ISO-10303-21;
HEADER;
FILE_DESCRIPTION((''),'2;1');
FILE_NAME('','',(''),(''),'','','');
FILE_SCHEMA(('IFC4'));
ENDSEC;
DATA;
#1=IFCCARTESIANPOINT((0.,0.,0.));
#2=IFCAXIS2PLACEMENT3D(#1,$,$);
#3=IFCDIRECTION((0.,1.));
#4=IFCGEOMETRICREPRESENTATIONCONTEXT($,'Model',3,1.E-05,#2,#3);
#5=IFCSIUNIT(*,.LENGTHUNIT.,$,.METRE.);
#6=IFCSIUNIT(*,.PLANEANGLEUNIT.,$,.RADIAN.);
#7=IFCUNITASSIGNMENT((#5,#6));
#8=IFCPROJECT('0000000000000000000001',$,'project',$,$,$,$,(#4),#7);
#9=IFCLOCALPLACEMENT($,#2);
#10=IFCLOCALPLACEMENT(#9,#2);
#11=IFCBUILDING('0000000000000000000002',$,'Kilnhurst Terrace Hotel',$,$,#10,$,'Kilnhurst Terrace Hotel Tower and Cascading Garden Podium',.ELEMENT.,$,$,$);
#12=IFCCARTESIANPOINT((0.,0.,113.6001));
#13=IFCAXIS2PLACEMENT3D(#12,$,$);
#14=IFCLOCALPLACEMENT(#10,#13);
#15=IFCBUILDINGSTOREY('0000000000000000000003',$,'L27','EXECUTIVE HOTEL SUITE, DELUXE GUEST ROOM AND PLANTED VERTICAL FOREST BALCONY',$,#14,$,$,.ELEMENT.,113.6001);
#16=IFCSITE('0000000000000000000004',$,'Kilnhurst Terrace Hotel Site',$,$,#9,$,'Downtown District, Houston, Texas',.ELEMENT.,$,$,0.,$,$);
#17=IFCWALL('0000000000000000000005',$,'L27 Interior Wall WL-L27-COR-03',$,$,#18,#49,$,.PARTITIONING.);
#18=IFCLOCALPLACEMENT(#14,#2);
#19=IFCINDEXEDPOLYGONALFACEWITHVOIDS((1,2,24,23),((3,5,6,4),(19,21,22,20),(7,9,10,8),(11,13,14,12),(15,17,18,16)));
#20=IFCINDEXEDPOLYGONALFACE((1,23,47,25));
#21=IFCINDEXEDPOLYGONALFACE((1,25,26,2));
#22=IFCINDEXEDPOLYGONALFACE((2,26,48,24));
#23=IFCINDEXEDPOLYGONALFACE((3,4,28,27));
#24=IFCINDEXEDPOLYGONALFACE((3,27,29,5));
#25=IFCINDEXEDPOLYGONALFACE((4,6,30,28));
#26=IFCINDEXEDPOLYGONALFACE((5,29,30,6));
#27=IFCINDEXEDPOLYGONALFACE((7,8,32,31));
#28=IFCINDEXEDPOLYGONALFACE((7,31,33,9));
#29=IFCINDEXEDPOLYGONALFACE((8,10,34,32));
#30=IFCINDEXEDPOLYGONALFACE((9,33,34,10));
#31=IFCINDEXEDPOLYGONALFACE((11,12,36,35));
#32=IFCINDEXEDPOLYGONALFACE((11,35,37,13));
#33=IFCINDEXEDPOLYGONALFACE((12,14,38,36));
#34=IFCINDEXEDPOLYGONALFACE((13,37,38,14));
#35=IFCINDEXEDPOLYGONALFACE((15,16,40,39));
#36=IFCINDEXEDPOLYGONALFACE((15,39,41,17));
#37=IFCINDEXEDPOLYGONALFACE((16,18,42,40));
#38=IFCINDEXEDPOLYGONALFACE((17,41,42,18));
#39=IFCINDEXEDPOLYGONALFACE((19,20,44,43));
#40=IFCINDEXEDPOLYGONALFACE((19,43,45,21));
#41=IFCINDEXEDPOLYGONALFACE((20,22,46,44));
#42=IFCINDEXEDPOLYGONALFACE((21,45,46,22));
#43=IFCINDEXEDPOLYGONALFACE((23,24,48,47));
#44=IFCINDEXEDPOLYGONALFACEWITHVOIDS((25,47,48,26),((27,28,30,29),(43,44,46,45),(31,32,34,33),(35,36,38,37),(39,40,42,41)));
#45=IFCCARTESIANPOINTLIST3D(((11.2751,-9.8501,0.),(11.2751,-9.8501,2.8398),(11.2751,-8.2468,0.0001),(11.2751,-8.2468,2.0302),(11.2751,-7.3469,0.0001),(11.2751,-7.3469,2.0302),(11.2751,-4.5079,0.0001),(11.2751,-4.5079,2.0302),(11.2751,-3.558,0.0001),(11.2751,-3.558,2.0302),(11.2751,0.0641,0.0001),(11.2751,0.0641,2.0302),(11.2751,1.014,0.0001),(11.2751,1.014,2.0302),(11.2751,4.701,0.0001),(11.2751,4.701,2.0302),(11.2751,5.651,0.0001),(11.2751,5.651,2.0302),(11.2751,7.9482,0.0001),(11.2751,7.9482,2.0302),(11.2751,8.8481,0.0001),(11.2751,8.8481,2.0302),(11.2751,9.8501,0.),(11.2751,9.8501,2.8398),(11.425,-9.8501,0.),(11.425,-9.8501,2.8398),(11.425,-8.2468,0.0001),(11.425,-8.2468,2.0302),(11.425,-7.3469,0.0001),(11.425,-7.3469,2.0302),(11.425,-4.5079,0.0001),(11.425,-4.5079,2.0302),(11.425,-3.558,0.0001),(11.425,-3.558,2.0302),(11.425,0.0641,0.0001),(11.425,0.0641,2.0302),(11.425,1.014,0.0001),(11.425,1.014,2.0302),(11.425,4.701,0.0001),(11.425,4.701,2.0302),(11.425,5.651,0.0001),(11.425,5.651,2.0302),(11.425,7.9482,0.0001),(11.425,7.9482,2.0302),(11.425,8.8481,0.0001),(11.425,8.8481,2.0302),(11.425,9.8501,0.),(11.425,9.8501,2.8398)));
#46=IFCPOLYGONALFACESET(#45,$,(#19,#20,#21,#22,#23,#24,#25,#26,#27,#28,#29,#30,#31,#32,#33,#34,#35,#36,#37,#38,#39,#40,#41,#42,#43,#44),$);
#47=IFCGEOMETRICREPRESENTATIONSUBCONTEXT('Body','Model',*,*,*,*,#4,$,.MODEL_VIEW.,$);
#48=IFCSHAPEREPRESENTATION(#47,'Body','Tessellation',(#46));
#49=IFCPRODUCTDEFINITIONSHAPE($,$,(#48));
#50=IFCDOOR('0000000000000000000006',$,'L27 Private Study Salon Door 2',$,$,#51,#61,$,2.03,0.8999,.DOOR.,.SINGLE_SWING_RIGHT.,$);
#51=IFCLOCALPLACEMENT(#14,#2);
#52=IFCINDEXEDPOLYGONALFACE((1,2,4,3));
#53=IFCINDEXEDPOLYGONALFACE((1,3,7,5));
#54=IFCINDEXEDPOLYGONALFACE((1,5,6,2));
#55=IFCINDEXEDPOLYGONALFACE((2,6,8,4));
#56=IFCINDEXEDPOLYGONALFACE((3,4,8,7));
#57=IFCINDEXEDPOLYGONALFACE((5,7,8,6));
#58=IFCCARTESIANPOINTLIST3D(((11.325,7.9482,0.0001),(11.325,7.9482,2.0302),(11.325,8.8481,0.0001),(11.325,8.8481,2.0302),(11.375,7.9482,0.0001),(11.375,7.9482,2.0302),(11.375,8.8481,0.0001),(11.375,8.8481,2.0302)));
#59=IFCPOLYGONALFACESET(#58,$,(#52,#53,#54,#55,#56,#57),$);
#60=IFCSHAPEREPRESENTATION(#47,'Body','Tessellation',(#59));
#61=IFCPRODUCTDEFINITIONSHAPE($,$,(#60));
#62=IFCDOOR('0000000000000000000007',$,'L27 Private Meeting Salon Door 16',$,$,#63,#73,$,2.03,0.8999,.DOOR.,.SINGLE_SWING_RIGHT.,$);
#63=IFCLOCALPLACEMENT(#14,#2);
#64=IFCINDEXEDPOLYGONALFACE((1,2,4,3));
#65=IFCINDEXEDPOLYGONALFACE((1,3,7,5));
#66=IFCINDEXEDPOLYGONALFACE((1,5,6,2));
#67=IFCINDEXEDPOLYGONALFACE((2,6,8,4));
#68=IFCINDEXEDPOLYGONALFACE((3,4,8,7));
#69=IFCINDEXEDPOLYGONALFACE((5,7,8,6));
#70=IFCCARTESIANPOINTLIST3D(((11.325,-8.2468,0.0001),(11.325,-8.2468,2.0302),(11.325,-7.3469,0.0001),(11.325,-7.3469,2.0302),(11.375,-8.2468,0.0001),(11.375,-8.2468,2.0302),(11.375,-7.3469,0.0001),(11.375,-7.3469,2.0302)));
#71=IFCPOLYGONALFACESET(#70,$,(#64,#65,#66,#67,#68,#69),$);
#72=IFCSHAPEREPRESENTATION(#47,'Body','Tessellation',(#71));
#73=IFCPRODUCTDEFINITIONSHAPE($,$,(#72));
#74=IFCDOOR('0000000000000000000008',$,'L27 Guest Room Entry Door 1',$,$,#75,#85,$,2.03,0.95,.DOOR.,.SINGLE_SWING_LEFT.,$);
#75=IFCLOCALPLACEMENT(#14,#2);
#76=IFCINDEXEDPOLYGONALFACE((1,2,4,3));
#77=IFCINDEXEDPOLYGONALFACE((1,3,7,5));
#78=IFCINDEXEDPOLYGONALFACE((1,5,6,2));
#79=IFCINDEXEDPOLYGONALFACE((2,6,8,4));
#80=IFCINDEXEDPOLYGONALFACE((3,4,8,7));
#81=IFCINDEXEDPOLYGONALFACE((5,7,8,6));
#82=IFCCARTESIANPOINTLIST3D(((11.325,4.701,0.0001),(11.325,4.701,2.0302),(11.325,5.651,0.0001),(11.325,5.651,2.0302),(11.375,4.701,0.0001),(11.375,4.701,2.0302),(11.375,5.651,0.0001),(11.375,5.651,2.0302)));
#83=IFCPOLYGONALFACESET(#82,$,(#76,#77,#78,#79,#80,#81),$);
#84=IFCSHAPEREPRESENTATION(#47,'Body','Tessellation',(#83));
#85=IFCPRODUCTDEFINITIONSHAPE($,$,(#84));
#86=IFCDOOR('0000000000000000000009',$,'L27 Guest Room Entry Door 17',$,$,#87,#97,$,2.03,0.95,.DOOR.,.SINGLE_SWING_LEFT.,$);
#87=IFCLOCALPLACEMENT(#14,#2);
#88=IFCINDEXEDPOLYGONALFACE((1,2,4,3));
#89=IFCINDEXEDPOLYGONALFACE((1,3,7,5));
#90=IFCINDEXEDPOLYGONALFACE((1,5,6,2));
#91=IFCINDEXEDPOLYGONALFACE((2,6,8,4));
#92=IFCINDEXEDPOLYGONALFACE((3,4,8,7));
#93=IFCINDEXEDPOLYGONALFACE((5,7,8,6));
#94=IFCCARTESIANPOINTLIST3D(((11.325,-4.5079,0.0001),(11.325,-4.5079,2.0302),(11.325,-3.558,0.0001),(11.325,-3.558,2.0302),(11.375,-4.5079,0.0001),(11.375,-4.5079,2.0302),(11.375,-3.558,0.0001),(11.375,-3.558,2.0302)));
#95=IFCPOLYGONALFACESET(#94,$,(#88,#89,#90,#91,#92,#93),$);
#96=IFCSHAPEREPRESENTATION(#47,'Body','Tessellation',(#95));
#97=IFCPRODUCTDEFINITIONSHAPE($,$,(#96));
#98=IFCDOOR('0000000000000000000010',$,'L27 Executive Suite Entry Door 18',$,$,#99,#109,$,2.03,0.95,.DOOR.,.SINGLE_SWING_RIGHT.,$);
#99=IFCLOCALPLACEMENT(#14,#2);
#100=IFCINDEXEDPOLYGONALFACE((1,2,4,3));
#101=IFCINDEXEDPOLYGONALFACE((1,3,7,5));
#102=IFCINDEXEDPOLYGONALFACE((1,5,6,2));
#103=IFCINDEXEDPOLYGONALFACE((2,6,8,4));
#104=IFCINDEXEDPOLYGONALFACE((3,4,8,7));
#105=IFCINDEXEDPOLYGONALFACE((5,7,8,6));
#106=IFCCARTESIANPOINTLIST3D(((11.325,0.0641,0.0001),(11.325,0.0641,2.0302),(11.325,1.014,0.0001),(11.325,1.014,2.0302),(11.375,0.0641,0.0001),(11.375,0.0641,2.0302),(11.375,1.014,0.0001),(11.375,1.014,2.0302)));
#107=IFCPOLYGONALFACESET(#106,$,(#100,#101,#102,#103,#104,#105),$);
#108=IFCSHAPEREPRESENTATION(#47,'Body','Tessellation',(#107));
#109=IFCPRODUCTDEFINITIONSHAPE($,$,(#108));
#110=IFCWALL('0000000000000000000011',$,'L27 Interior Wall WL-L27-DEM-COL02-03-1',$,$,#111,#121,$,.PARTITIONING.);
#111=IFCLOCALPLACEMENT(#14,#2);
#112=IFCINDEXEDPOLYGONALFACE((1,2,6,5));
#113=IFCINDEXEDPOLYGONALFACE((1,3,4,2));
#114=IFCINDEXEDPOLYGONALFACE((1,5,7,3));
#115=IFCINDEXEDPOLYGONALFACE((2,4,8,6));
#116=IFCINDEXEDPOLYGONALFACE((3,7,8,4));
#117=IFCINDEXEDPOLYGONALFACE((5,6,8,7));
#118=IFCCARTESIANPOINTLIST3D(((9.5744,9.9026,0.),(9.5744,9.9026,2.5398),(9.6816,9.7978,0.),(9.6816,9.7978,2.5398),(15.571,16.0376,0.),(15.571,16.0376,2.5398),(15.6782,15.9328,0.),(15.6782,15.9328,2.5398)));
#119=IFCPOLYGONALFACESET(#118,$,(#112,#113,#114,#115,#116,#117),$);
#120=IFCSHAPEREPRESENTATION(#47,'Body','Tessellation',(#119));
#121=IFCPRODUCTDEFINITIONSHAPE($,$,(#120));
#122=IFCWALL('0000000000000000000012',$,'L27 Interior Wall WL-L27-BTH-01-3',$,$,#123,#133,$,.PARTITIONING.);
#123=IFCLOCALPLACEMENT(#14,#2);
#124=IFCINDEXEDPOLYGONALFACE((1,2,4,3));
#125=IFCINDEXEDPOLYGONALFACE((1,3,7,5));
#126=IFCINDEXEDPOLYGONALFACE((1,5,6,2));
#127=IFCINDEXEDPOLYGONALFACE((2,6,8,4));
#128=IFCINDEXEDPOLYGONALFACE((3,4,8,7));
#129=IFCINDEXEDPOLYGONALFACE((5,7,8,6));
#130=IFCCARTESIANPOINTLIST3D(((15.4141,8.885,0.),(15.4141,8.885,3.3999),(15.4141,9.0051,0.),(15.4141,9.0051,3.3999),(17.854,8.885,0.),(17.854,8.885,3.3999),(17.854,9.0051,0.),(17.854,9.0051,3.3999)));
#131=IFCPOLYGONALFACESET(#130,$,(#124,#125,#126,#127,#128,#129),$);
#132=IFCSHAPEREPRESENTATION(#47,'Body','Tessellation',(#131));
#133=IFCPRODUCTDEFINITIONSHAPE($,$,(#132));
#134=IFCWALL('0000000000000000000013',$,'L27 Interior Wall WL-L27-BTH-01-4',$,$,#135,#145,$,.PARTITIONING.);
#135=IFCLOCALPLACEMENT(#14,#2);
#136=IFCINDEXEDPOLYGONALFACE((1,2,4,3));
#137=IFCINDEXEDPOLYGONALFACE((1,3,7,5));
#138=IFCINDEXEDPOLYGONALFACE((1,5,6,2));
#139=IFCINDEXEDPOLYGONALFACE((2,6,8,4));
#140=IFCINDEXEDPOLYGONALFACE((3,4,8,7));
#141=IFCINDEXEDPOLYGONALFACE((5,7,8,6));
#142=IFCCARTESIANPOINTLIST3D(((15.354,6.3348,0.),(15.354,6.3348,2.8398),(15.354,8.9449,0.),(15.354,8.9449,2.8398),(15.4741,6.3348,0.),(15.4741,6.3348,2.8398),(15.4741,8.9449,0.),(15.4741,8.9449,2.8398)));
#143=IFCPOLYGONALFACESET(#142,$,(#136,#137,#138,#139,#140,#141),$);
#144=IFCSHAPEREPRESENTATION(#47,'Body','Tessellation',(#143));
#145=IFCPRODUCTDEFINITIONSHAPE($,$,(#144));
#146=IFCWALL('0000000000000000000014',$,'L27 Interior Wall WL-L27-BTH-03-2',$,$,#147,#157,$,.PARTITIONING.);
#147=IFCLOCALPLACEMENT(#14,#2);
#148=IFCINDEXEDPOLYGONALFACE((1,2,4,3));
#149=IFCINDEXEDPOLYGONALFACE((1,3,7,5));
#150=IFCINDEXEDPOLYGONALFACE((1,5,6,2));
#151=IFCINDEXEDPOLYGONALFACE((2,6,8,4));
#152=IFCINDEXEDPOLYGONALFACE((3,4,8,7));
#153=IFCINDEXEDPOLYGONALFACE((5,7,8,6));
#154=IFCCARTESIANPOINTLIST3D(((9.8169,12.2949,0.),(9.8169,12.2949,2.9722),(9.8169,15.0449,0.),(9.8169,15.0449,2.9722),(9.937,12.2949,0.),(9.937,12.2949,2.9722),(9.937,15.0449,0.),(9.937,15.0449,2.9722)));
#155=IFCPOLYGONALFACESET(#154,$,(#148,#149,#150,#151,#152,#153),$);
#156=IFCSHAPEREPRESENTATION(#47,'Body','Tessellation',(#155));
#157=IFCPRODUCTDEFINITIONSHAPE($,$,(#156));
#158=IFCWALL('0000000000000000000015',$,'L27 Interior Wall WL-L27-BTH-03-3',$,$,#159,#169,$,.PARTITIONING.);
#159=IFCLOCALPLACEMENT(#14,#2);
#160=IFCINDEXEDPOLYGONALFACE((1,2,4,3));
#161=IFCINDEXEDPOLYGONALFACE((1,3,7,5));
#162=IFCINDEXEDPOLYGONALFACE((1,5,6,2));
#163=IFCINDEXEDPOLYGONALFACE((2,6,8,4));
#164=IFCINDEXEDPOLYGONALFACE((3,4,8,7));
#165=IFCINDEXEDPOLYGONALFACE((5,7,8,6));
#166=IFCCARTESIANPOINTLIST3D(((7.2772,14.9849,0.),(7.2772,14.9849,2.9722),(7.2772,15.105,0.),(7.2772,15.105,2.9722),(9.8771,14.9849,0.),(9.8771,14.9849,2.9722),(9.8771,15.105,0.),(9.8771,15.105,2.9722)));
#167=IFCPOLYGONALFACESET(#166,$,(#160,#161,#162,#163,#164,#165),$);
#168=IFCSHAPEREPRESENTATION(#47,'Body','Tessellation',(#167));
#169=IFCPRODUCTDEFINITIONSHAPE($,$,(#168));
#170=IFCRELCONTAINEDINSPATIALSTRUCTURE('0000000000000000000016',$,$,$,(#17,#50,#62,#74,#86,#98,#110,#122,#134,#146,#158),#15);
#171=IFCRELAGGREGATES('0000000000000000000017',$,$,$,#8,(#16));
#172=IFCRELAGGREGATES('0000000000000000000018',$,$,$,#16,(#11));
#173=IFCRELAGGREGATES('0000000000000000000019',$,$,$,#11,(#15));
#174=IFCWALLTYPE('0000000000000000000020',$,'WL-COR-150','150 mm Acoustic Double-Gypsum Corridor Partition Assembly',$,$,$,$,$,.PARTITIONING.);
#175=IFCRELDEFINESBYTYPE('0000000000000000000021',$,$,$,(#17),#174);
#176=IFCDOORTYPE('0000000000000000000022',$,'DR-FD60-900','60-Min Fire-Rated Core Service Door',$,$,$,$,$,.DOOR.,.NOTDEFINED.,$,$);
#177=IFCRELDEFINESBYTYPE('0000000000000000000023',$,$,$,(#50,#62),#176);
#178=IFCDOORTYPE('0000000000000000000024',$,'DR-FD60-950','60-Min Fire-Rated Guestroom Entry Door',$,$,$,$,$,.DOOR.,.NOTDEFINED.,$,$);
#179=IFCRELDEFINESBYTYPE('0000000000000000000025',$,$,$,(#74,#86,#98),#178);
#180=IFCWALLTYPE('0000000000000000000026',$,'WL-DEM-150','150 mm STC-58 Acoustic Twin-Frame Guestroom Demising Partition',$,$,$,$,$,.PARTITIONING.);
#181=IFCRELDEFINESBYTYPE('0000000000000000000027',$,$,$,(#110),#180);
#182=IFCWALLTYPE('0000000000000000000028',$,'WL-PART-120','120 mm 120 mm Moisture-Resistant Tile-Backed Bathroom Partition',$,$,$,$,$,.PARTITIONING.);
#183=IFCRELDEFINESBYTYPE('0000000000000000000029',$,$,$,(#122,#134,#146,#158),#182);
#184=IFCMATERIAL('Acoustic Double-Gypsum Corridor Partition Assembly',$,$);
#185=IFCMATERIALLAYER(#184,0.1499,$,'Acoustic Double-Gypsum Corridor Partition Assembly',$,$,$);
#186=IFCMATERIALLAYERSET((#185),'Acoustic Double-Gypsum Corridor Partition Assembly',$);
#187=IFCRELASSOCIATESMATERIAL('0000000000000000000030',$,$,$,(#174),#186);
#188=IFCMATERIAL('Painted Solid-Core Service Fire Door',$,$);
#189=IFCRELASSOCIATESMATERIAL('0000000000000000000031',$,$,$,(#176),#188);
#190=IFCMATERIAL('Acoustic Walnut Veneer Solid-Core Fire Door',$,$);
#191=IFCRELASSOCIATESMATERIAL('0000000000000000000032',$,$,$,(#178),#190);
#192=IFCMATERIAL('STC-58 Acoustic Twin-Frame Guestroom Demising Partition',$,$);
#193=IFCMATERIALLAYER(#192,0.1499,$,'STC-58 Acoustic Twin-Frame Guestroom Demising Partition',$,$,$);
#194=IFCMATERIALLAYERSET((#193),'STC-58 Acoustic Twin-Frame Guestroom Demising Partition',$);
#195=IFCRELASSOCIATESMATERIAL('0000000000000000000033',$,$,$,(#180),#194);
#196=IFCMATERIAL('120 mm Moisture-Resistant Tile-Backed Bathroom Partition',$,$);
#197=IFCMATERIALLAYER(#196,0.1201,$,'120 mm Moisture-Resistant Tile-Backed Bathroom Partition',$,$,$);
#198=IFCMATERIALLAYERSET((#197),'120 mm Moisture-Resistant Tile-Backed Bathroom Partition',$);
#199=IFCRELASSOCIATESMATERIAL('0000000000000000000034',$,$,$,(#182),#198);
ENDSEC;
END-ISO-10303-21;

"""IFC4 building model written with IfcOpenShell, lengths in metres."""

from ifc_helpers import new_model, si_unit, direction, frame, frame_2d, origin, place, context, subcontext, project, spatial, rectangle, extrude, material, layer, layer_set, type_object, element, fill, save


model = new_model("IFC4")

# Units and contexts
model_context = context("Model", 3, precision=1e-05, world=origin(), true_north=direction((0.0, 1.0)))
body_context = subcontext(model_context, "Body", "Model", "MODEL_VIEW")
ifc_project = project(units=[si_unit("LENGTHUNIT", "METRE"), si_unit("PLANEANGLEUNIT", "RADIAN")], contexts=[model_context])

# Site, building, storey
site_placement = place(None, origin())
site = spatial("IfcSite", under=ifc_project, at=site_placement, Name="Kilnhurst Terrace Hotel Site", LongName="Downtown District, Houston, Texas", CompositionType="ELEMENT", RefElevation=0.0)
building_placement = place(site_placement, origin())
building = spatial("IfcBuilding", under=site, at=building_placement, Name="Kilnhurst Terrace Hotel", LongName="Kilnhurst Terrace Hotel Tower and Cascading Garden Podium", CompositionType="ELEMENT")
storey_placement = place(building_placement, frame((0.0, 0.0, 113.6001)))
storey = spatial("IfcBuildingStorey", under=building, at=storey_placement, Name="L27", Description="EXECUTIVE HOTEL SUITE, DELUXE GUEST ROOM AND PLANTED VERTICAL FOREST BALCONY", CompositionType="ELEMENT", Elevation=113.6001)

# Wall, openings, doors
ifc_material_1 = material(Name="Acoustic Double-Gypsum Corridor Partition Assembly")
ifc_layer_1 = layer(ifc_material_1, 0.1499, Name="Acoustic Double-Gypsum Corridor Partition Assembly")
ifc_layer_set_1 = layer_set([ifc_layer_1], Name="Acoustic Double-Gypsum Corridor Partition Assembly")
wall_type_1 = type_object("IfcWallType", Name="WL-COR-150", Description="150 mm Acoustic Double-Gypsum Corridor Partition Assembly", PredefinedType="PARTITIONING", material=ifc_layer_set_1)
wall_1_placement = place(storey_placement, frame((11.3501, 9.8501, 0.0), z_axis=(0.0, 0.0, 1.0), x_axis=(0.0, -1.0, 0.0)))
wall_1 = element("IfcWall", 1, at=wall_1_placement, inside=storey, type_object=wall_type_1, Name="L27 Interior Wall WL-L27-COR-03", PredefinedType="PARTITIONING", context=body_context, shape_type="SweptSolid", body=[
    extrude(rectangle(XDim=19.7002, YDim=0.1499, at=frame_2d((9.8501, 0.0))), origin(), (0.0, 0.0, 1.0), 2.8398),
])
opening_1_placement = place(wall_1_placement, frame((4.199, 0.0, 0.0)))
opening_1 = element("IfcOpeningElement", 2, at=opening_1_placement, cuts=wall_1, PredefinedType="OPENING", context=body_context, shape_type="SweptSolid", body=[
    extrude(rectangle(XDim=0.95, YDim=2.03, at=frame_2d((0.4751, 1.0151))), frame((0.0, 0.085, 0.0), z_axis=(0.0, -1.0, 0.0), x_axis=(1.0, 0.0, 0.0)), (0.0, 0.0, 1.0), 0.1699),
])
opening_2_placement = place(wall_1_placement, frame((1.002, 0.0, 0.0)))
opening_2 = element("IfcOpeningElement", 3, at=opening_2_placement, cuts=wall_1, PredefinedType="OPENING", context=body_context, shape_type="SweptSolid", body=[
    extrude(rectangle(XDim=0.8999, YDim=2.03, at=frame_2d((0.45, 1.0151))), frame((0.0, 0.085, 0.0), z_axis=(0.0, -1.0, 0.0), x_axis=(1.0, 0.0, 0.0)), (0.0, 0.0, 1.0), 0.1699),
])
opening_3_placement = place(wall_1_placement, frame((17.197, 0.0, 0.0)))
opening_3 = element("IfcOpeningElement", 4, at=opening_3_placement, cuts=wall_1, PredefinedType="OPENING", context=body_context, shape_type="SweptSolid", body=[
    extrude(rectangle(XDim=0.8999, YDim=2.03, at=frame_2d((0.45, 1.0151))), frame((0.0, 0.085, 0.0), z_axis=(0.0, -1.0, 0.0), x_axis=(1.0, 0.0, 0.0)), (0.0, 0.0, 1.0), 0.1699),
])
opening_4_placement = place(wall_1_placement, frame((13.408, 0.0, 0.0)))
opening_4 = element("IfcOpeningElement", 5, at=opening_4_placement, cuts=wall_1, PredefinedType="OPENING", context=body_context, shape_type="SweptSolid", body=[
    extrude(rectangle(XDim=0.95, YDim=2.03, at=frame_2d((0.4751, 1.0151))), frame((0.0, 0.085, 0.0), z_axis=(0.0, -1.0, 0.0), x_axis=(1.0, 0.0, 0.0)), (0.0, 0.0, 1.0), 0.1699),
])
opening_5_placement = place(wall_1_placement, frame((8.8359, 0.0, 0.0)))
opening_5 = element("IfcOpeningElement", 6, at=opening_5_placement, cuts=wall_1, PredefinedType="OPENING", context=body_context, shape_type="SweptSolid", body=[
    extrude(rectangle(XDim=0.95, YDim=2.03, at=frame_2d((0.4751, 1.0151))), frame((0.0, 0.085, 0.0), z_axis=(0.0, -1.0, 0.0), x_axis=(1.0, 0.0, 0.0)), (0.0, 0.0, 1.0), 0.1699),
])
ifc_material_2 = material(Name="Painted Solid-Core Service Fire Door")
door_type_1 = type_object("IfcDoorType", Name="DR-FD60-900", Description="60-Min Fire-Rated Core Service Door", OperationType="NOTDEFINED", PredefinedType="DOOR", material=ifc_material_2)
door_1_placement = place(opening_2_placement, origin())
door_1 = element("IfcDoor", 7, at=door_1_placement, inside=storey, type_object=door_type_1, Name="L27 Private Study Salon Door 2", OperationType="SINGLE_SWING_RIGHT", OverallHeight=2.03, OverallWidth=0.8999, PredefinedType="DOOR", context=body_context, shape_type="SweptSolid", body=[
    extrude(rectangle(XDim=0.8999, YDim=2.03, at=frame_2d((0.45, 1.0151))), frame((0.0, 0.0249, 0.0), z_axis=(0.0, -1.0, 0.0), x_axis=(1.0, 0.0, 0.0)), (0.0, 0.0, 1.0), 0.05),
])
fill(opening_2, door_1)
door_2_placement = place(opening_3_placement, origin())
door_2 = element("IfcDoor", 8, at=door_2_placement, inside=storey, type_object=door_type_1, Name="L27 Private Meeting Salon Door 16", OperationType="SINGLE_SWING_RIGHT", OverallHeight=2.03, OverallWidth=0.8999, PredefinedType="DOOR", context=body_context, shape_type="SweptSolid", body=[
    extrude(rectangle(XDim=0.8999, YDim=2.03, at=frame_2d((0.45, 1.0151))), frame((0.0, 0.0249, 0.0), z_axis=(0.0, -1.0, 0.0), x_axis=(1.0, 0.0, 0.0)), (0.0, 0.0, 1.0), 0.05),
])
fill(opening_3, door_2)
ifc_material_3 = material(Name="Acoustic Walnut Veneer Solid-Core Fire Door")
door_type_2 = type_object("IfcDoorType", Name="DR-FD60-950", Description="60-Min Fire-Rated Guestroom Entry Door", OperationType="NOTDEFINED", PredefinedType="DOOR", material=ifc_material_3)
door_3_placement = place(opening_1_placement, origin())
door_3 = element("IfcDoor", 9, at=door_3_placement, inside=storey, type_object=door_type_2, Name="L27 Guest Room Entry Door 1", OperationType="SINGLE_SWING_LEFT", OverallHeight=2.03, OverallWidth=0.95, PredefinedType="DOOR", context=body_context, shape_type="SweptSolid", body=[
    extrude(rectangle(XDim=0.95, YDim=2.03, at=frame_2d((0.4751, 1.0151))), frame((0.0, 0.0249, 0.0), z_axis=(0.0, -1.0, 0.0), x_axis=(1.0, 0.0, 0.0)), (0.0, 0.0, 1.0), 0.05),
])
fill(opening_1, door_3)
door_4_placement = place(opening_4_placement, origin())
door_4 = element("IfcDoor", 10, at=door_4_placement, inside=storey, type_object=door_type_2, Name="L27 Guest Room Entry Door 17", OperationType="SINGLE_SWING_LEFT", OverallHeight=2.03, OverallWidth=0.95, PredefinedType="DOOR", context=body_context, shape_type="SweptSolid", body=[
    extrude(rectangle(XDim=0.95, YDim=2.03, at=frame_2d((0.4751, 1.0151))), frame((0.0, 0.0249, 0.0), z_axis=(0.0, -1.0, 0.0), x_axis=(1.0, 0.0, 0.0)), (0.0, 0.0, 1.0), 0.05),
])
fill(opening_4, door_4)
door_5_placement = place(opening_5_placement, origin())
door_5 = element("IfcDoor", 11, at=door_5_placement, inside=storey, type_object=door_type_2, Name="L27 Executive Suite Entry Door 18", OperationType="SINGLE_SWING_RIGHT", OverallHeight=2.03, OverallWidth=0.95, PredefinedType="DOOR", context=body_context, shape_type="SweptSolid", body=[
    extrude(rectangle(XDim=0.95, YDim=2.03, at=frame_2d((0.4751, 1.0151))), frame((0.0, 0.0249, 0.0), z_axis=(0.0, -1.0, 0.0), x_axis=(1.0, 0.0, 0.0)), (0.0, 0.0, 1.0), 0.05),
])
fill(opening_5, door_5)

# Walls
ifc_material_4 = material(Name="STC-58 Acoustic Twin-Frame Guestroom Demising Partition")
ifc_layer_2 = layer(ifc_material_4, 0.1499, Name="STC-58 Acoustic Twin-Frame Guestroom Demising Partition")
ifc_layer_set_2 = layer_set([ifc_layer_2], Name="STC-58 Acoustic Twin-Frame Guestroom Demising Partition")
wall_type_2 = type_object("IfcWallType", Name="WL-DEM-150", Description="150 mm STC-58 Acoustic Twin-Frame Guestroom Demising Partition", PredefinedType="PARTITIONING", material=ifc_layer_set_2)
wall_2_placement = place(storey_placement, frame((9.6279, 9.8501, 0.0), z_axis=(0.0, 0.0, 1.0), x_axis=(0.698993, 0.715129, 0.0)))
element("IfcWall", 12, at=wall_2_placement, inside=storey, type_object=wall_type_2, Name="L27 Interior Wall WL-L27-DEM-COL02-03-1", PredefinedType="PARTITIONING", context=body_context, shape_type="SweptSolid", body=[
    extrude(rectangle(XDim=8.5789, YDim=0.1499, at=frame_2d((4.2896, 0.0))), origin(), (0.0, 0.0, 1.0), 2.5398),
])
ifc_material_5 = material(Name="120 mm Moisture-Resistant Tile-Backed Bathroom Partition")
ifc_layer_3 = layer(ifc_material_5, 0.1201, Name="120 mm Moisture-Resistant Tile-Backed Bathroom Partition")
ifc_layer_set_3 = layer_set([ifc_layer_3], Name="120 mm Moisture-Resistant Tile-Backed Bathroom Partition")
wall_type_3 = type_object("IfcWallType", Name="WL-PART-120", Description="120 mm 120 mm Moisture-Resistant Tile-Backed Bathroom Partition", PredefinedType="PARTITIONING", material=ifc_layer_set_3)
wall_3_placement = place(storey_placement, frame((17.854, 8.9451, 0.0), z_axis=(0.0, 0.0, 1.0), x_axis=(-1.0, 0.0, 0.0)))
element("IfcWall", 13, at=wall_3_placement, inside=storey, type_object=wall_type_3, Name="L27 Interior Wall WL-L27-BTH-01-3", PredefinedType="PARTITIONING", context=body_context, shape_type="SweptSolid", body=[
    extrude(rectangle(XDim=2.4399, YDim=0.1201, at=frame_2d((1.22, 0.0))), origin(), (0.0, 0.0, 1.0), 3.3999),
])
wall_4_placement = place(storey_placement, frame((15.4141, 8.9451, 0.0), z_axis=(0.0, 0.0, 1.0), x_axis=(0.0, -1.0, 0.0)))
element("IfcWall", 14, at=wall_4_placement, inside=storey, type_object=wall_type_3, Name="L27 Interior Wall WL-L27-BTH-01-4", PredefinedType="PARTITIONING", context=body_context, shape_type="SweptSolid", body=[
    extrude(rectangle(XDim=2.6101, YDim=0.1201, at=frame_2d((1.3052, 0.0))), origin(), (0.0, 0.0, 1.0), 2.8398),
])
wall_5_placement = place(storey_placement, frame((9.877, 12.2949, 0.0), z_axis=(0.0, 0.0, 1.0), x_axis=(0.0, 1.0, 0.0)))
element("IfcWall", 15, at=wall_5_placement, inside=storey, type_object=wall_type_3, Name="L27 Interior Wall WL-L27-BTH-03-2", PredefinedType="PARTITIONING", context=body_context, shape_type="SweptSolid", body=[
    extrude(rectangle(XDim=2.75, YDim=0.1201, at=frame_2d((1.375, 0.0))), origin(), (0.0, 0.0, 1.0), 2.9722),
])
wall_6_placement = place(storey_placement, frame((9.877, 15.0449, 0.0), z_axis=(0.0, 0.0, 1.0), x_axis=(-1.0, 0.0, 0.0)))
element("IfcWall", 16, at=wall_6_placement, inside=storey, type_object=wall_type_3, Name="L27 Interior Wall WL-L27-BTH-03-3", PredefinedType="PARTITIONING", context=body_context, shape_type="SweptSolid", body=[
    extrude(rectangle(XDim=2.5999, YDim=0.1201, at=frame_2d((1.2998, 0.0))), origin(), (0.0, 0.0, 1.0), 2.9722),
])

save(model, "model.ifc")
